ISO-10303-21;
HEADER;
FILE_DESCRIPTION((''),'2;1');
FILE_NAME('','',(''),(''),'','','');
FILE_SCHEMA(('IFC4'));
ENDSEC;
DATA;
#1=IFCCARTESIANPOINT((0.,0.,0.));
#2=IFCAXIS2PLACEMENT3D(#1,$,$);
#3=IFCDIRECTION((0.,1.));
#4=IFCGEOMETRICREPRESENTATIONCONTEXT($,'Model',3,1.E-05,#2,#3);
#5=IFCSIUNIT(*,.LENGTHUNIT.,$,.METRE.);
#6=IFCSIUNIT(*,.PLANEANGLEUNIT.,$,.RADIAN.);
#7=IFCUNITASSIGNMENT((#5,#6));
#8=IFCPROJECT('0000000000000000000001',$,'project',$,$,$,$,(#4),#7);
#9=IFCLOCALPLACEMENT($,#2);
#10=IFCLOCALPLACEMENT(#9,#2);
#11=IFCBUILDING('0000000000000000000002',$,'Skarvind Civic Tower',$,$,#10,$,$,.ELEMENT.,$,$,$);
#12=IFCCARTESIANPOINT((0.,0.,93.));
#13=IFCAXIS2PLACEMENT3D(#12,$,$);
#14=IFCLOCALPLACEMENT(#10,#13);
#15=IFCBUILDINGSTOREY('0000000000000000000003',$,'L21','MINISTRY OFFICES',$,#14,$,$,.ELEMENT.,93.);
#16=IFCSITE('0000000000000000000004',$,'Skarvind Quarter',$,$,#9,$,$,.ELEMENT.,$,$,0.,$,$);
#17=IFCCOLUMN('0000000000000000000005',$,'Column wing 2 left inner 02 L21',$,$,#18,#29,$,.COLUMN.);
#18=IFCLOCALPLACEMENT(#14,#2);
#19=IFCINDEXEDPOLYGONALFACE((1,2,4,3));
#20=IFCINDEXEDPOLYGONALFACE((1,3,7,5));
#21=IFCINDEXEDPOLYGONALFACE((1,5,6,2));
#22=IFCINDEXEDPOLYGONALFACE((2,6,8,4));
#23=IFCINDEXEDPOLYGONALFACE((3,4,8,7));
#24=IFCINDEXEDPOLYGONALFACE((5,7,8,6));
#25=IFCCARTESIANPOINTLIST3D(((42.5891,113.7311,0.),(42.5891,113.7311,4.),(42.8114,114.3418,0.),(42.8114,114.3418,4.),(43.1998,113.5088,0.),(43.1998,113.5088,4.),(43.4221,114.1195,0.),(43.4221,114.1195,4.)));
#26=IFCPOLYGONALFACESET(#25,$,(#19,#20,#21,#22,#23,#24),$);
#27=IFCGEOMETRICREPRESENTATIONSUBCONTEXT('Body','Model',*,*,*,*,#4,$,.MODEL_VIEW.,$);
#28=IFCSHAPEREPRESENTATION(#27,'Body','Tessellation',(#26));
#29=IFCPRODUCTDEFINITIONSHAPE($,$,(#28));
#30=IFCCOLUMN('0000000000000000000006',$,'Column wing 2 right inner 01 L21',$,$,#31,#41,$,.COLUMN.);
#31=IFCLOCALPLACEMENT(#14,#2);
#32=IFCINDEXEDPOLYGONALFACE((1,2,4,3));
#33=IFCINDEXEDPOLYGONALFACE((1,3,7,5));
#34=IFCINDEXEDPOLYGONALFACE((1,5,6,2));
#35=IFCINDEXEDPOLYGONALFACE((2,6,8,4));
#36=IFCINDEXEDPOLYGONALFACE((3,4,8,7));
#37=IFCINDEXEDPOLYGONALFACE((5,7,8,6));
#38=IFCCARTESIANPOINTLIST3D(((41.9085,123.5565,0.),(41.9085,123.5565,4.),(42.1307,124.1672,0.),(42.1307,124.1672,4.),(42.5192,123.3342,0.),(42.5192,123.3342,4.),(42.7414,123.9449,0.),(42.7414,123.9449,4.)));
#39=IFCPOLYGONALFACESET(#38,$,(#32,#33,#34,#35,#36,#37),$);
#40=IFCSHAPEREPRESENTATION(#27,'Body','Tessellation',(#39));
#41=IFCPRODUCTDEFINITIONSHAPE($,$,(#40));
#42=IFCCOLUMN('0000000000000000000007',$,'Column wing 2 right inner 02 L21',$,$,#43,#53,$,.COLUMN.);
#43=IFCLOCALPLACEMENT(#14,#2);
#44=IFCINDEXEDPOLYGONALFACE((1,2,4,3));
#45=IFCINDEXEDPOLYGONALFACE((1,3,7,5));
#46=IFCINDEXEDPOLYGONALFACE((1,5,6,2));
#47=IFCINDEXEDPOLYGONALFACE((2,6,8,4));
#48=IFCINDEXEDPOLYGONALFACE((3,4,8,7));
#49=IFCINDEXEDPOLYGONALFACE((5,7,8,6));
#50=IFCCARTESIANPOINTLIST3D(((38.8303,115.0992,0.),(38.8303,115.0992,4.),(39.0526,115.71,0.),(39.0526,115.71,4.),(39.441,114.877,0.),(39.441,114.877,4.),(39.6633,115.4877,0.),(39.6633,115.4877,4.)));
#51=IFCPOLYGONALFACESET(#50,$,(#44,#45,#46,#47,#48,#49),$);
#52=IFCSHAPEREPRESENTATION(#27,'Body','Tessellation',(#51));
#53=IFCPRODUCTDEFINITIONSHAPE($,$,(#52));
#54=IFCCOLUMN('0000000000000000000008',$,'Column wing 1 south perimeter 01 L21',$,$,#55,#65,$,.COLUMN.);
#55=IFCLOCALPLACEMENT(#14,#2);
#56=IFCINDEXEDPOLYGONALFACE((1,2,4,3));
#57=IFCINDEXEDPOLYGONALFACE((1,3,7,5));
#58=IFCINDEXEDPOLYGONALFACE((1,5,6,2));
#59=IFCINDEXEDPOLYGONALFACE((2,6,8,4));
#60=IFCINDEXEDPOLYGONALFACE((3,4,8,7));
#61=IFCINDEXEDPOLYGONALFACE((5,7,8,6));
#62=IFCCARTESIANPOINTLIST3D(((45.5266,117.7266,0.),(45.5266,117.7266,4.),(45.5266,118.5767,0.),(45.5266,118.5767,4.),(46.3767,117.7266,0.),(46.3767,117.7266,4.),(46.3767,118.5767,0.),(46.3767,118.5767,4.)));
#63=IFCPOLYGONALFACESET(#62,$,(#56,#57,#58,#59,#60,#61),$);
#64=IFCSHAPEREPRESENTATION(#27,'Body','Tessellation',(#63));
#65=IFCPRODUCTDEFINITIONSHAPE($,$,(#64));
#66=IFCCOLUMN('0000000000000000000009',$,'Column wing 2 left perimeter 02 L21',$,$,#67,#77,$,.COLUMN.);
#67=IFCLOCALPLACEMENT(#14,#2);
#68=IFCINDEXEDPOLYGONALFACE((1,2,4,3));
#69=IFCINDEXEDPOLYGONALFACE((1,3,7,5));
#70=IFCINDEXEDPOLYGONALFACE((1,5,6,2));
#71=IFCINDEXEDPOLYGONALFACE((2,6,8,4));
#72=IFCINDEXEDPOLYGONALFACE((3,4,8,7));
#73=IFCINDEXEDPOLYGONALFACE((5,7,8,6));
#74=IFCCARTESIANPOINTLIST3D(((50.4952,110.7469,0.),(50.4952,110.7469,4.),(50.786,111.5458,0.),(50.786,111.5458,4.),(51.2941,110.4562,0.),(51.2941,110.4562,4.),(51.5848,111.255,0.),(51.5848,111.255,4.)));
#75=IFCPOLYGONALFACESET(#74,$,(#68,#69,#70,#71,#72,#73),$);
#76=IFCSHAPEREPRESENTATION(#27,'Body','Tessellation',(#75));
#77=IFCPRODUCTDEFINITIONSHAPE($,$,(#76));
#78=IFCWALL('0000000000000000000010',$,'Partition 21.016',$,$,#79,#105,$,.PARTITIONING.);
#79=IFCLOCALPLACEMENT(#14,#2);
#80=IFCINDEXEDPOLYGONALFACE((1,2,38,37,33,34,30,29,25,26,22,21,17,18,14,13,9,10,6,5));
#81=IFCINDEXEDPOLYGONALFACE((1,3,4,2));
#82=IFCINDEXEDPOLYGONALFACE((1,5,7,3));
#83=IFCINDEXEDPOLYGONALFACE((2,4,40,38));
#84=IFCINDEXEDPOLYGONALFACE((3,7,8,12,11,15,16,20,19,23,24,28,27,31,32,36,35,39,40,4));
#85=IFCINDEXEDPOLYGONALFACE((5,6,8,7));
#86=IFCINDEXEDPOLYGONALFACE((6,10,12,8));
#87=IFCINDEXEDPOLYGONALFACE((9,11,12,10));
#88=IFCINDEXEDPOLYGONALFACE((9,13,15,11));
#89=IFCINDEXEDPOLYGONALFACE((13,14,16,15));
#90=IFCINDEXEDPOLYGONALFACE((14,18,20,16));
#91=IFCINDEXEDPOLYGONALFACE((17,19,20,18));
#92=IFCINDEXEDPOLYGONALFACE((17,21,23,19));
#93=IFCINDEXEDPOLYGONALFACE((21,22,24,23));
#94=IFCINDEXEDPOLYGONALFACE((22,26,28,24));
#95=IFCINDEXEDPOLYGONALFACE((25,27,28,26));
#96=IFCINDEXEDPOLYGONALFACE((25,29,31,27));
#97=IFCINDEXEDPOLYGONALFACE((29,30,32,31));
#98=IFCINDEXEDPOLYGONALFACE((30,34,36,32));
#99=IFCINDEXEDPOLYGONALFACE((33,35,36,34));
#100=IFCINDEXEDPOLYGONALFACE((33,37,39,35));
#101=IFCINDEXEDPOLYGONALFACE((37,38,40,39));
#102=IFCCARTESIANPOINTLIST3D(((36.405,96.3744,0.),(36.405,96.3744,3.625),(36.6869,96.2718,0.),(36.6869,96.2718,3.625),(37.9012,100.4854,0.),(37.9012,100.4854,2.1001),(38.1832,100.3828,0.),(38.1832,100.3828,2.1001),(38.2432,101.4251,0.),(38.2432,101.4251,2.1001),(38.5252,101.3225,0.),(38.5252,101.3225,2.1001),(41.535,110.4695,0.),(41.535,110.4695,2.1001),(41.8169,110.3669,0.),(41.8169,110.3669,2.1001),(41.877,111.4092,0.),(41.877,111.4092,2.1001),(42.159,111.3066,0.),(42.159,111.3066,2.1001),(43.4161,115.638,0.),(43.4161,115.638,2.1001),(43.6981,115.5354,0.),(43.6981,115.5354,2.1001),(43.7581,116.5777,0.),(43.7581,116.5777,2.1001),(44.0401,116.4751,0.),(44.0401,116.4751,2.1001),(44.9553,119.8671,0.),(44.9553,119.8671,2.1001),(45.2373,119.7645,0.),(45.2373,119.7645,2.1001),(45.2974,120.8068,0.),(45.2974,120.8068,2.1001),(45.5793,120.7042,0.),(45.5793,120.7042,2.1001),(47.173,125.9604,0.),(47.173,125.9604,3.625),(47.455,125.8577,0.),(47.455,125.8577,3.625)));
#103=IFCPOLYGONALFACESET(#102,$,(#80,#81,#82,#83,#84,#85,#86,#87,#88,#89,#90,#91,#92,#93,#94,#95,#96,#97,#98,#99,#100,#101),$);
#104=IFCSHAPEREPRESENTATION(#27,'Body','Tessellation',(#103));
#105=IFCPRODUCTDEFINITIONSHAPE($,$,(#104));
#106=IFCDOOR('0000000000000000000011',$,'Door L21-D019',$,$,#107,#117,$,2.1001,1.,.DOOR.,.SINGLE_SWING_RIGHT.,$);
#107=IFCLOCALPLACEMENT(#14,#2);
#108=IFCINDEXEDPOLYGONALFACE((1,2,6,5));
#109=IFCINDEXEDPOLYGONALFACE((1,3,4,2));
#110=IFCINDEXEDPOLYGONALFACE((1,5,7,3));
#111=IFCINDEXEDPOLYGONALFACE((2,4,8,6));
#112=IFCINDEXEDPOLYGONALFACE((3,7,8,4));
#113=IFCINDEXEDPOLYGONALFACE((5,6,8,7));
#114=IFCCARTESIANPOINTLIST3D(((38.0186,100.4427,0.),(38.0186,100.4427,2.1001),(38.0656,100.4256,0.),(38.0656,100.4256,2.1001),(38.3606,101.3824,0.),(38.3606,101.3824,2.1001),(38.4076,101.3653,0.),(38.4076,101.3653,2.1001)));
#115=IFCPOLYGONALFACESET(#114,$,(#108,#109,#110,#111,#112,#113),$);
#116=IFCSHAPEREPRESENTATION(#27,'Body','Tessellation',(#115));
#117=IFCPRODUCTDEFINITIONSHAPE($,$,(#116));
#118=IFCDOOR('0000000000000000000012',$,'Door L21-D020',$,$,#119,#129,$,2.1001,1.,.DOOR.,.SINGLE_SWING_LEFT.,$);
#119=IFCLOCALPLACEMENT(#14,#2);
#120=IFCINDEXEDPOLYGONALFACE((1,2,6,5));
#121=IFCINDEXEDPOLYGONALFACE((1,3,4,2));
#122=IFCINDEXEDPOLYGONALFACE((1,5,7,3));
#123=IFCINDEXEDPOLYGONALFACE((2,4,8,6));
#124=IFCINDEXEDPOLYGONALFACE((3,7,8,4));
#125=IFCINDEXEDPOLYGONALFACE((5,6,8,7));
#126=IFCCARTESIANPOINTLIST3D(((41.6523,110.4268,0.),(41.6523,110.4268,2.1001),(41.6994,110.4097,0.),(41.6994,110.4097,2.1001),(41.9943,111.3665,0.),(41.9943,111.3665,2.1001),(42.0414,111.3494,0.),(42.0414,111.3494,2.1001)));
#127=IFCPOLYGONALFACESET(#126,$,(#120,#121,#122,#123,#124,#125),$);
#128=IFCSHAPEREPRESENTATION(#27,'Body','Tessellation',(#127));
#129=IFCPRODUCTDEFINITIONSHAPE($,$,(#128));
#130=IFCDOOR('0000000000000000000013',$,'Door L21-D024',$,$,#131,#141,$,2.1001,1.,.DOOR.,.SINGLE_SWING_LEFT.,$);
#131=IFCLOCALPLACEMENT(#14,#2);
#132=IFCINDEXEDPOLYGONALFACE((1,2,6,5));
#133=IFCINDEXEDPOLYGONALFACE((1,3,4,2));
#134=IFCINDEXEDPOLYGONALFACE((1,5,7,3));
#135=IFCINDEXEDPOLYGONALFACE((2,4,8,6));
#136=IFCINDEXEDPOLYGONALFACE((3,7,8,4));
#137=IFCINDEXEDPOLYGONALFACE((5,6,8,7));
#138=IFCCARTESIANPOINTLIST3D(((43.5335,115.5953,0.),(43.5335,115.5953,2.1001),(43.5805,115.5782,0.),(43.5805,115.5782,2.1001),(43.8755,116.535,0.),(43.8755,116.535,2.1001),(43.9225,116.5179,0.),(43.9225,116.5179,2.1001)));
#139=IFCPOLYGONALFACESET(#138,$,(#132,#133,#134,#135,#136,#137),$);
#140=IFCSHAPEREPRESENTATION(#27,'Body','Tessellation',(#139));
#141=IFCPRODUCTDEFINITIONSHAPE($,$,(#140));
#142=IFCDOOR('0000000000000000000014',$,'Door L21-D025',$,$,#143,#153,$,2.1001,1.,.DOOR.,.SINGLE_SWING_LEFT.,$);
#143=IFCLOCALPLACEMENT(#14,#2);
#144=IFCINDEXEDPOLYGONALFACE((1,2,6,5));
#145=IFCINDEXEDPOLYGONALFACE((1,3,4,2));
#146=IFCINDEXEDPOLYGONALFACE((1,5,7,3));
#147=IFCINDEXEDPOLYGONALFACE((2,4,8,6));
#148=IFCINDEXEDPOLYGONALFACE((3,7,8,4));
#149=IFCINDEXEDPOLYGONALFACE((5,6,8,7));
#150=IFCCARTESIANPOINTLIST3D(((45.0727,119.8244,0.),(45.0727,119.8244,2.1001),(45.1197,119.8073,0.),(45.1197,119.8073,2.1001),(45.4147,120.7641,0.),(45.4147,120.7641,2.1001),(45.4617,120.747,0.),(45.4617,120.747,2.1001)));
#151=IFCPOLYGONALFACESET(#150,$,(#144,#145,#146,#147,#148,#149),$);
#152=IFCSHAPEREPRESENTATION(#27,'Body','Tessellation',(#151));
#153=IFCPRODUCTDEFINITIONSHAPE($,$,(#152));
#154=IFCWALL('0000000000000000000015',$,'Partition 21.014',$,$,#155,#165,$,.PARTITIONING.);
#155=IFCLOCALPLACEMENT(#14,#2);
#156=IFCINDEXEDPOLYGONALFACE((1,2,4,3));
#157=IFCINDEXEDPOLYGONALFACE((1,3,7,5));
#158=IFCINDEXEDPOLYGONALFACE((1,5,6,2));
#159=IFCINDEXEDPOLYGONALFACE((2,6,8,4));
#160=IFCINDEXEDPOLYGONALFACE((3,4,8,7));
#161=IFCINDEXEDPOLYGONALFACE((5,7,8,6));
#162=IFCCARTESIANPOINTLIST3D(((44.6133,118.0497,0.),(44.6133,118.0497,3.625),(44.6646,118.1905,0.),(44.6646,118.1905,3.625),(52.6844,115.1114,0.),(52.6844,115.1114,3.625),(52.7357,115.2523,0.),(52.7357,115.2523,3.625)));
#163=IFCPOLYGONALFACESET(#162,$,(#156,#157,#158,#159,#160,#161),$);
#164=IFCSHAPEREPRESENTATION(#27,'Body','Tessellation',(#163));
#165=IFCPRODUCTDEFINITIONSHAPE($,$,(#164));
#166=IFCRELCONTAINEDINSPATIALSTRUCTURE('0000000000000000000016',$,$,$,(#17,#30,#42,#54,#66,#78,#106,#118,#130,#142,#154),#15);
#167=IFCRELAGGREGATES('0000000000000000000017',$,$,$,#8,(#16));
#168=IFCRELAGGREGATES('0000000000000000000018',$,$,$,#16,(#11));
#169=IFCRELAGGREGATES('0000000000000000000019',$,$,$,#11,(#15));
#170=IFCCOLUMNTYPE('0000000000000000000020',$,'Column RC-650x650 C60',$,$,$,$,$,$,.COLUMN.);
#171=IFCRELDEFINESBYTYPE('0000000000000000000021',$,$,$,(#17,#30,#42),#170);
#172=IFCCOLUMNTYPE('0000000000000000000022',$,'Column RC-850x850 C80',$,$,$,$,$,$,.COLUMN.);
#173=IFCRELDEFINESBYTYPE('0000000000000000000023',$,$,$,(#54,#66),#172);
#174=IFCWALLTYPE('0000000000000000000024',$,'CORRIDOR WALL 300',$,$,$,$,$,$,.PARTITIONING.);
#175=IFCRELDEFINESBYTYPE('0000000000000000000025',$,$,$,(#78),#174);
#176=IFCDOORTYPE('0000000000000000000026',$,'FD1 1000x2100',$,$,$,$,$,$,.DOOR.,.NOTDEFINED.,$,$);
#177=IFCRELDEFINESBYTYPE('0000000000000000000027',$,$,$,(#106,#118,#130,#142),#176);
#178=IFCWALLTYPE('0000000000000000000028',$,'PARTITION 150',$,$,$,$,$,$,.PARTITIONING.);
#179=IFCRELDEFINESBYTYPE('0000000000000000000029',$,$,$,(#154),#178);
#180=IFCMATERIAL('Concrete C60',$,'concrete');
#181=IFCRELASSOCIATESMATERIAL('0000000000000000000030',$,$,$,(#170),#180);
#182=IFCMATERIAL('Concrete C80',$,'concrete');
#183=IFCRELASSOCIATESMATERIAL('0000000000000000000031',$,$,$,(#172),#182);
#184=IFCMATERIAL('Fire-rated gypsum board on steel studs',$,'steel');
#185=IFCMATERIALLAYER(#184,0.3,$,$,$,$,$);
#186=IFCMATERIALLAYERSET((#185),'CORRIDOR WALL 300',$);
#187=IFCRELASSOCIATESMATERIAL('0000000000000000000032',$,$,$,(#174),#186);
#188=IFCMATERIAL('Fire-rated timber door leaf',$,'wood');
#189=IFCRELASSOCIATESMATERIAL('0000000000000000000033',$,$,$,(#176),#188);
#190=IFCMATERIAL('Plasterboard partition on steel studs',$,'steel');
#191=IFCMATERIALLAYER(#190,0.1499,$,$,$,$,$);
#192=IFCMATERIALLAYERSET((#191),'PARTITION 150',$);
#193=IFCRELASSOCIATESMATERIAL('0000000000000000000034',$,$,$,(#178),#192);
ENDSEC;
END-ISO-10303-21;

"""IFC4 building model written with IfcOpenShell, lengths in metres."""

from ifc_helpers import new_model, si_unit, direction, frame, frame_2d, origin, origin_2d, place, context, subcontext, project, spatial, rectangle, extrude, material, layer, layer_set, material_profile, profile_set, type_object, element, fill, save


model = new_model("IFC4")

# Units and contexts
model_context = context("Model", 3, precision=1e-05, world=origin(), true_north=direction((0.0, 1.0)))
body_context = subcontext(model_context, "Body", "Model", "MODEL_VIEW")
ifc_project = project(units=[si_unit("LENGTHUNIT", "METRE"), si_unit("PLANEANGLEUNIT", "RADIAN")], contexts=[model_context])

# Site, building, storey
site_placement = place(None, origin())
site = spatial("IfcSite", under=ifc_project, at=site_placement, Name="Skarvind Quarter", CompositionType="ELEMENT", RefElevation=0.0)
building_placement = place(site_placement, origin())
building = spatial("IfcBuilding", under=site, at=building_placement, Name="Skarvind Civic Tower", CompositionType="ELEMENT")
storey_placement = place(building_placement, frame((0.0, 0.0, 93.0)))
storey = spatial("IfcBuildingStorey", under=building, at=storey_placement, Name="L21", Description="MINISTRY OFFICES", CompositionType="ELEMENT", Elevation=93.0)

# Columns
ifc_material_1 = material(Name="Concrete C60", Category="concrete")
ifc_material_profile_1 = material_profile(ifc_material_1, rectangle(XDim=0.6499, YDim=0.6499, at=origin_2d()), Name="RC-650x650")
ifc_profile_set_1 = profile_set([ifc_material_profile_1], Name="Concrete C60")
column_type_1 = type_object("IfcColumnType", Name="Column RC-650x650 C60", PredefinedType="COLUMN", material=ifc_profile_set_1)
for number, where, z_axis, x_axis, name in (
    (1, (43.0056, 113.9253, 0.0), (0.0, 0.0, 1.0), (-0.34202, -0.939693, 0.0), "Column wing 2 left inner 02 L21"),
    (2, (42.325, 123.7507, 0.0), (0.0, 0.0, 1.0), (-0.34202, -0.939693, 0.0), "Column wing 2 right inner 01 L21"),
    (3, (39.2468, 115.2935, 0.0), (0.0, 0.0, 1.0), (-0.34202, -0.939693, 0.0), "Column wing 2 right inner 02 L21"),
):
    element("IfcColumn", number, at=place(storey_placement, frame(where, z_axis=z_axis, x_axis=x_axis)), inside=storey, type_object=column_type_1, Name=name, PredefinedType="COLUMN", context=body_context, shape_type="SweptSolid", body=[
        extrude(rectangle(XDim=0.6499, YDim=0.6499, at=origin_2d()), origin(), (0.0, 0.0, 1.0), 4.0),
    ])
ifc_material_2 = material(Name="Concrete C80", Category="concrete")
ifc_material_profile_2 = material_profile(ifc_material_2, rectangle(XDim=0.8501, YDim=0.8501, at=origin_2d()), Name="RC-850x850")
ifc_profile_set_2 = profile_set([ifc_material_profile_2], Name="Concrete C80")
column_type_2 = type_object("IfcColumnType", Name="Column RC-850x850 C80", PredefinedType="COLUMN", material=ifc_profile_set_2)
for number, where, z_axis, x_axis, name in (
    (4, (45.9517, 118.1516, 0.0), (0.0, 0.0, 1.0), (1.0, 0.0, 0.0), "Column wing 1 south perimeter 01 L21"),
    (5, (51.04, 111.001, 0.0), (0.0, 0.0, 1.0), (-0.34202, -0.939693, 0.0), "Column wing 2 left perimeter 02 L21"),
):
    element("IfcColumn", number, at=place(storey_placement, frame(where, z_axis=z_axis, x_axis=x_axis)), inside=storey, type_object=column_type_2, Name=name, PredefinedType="COLUMN", context=body_context, shape_type="SweptSolid", body=[
        extrude(rectangle(XDim=0.8501, YDim=0.8501, at=origin_2d()), origin(), (0.0, 0.0, 1.0), 4.0),
    ])

# Wall, openings, doors
ifc_material_3 = material(Name="Fire-rated gypsum board on steel studs", Category="steel")
ifc_layer_1 = layer(ifc_material_3, 0.3)
ifc_layer_set_1 = layer_set([ifc_layer_1], Name="CORRIDOR WALL 300")
wall_type_1 = type_object("IfcWallType", Name="CORRIDOR WALL 300", PredefinedType="PARTITIONING", material=ifc_layer_set_1)
wall_1_placement = place(storey_placement, frame((47.314, 125.9089, 0.0), z_axis=(0.0, 0.0, 1.0), x_axis=(-0.342011, -0.939696, 0.0)))
wall_1 = element("IfcWall", 6, at=wall_1_placement, inside=storey, type_object=wall_type_1, Name="Partition 21.016", PredefinedType="PARTITIONING", context=body_context, shape_type="SweptSolid", body=[
    extrude(rectangle(XDim=31.4846, YDim=0.3, at=frame_2d((15.7422, 0.0))), origin(), (0.0, 0.0, 1.0), 3.625),
])
opening_1_placement = place(wall_1_placement, frame((26.1096, 0.0, 0.0)))
opening_1 = element("IfcOpeningElement", 7, at=opening_1_placement, cuts=wall_1, PredefinedType="OPENING", context=body_context, shape_type="SweptSolid", body=[
    extrude(rectangle(XDim=1.0, YDim=2.1001, at=frame_2d((0.5, 1.05))), frame((0.0, 0.1599, 0.0), z_axis=(0.0, -1.0, 0.0), x_axis=(1.0, 0.0, 0.0)), (0.0, 0.0, 1.0), 0.3201),
])
opening_2_placement = place(wall_1_placement, frame((15.4849, 0.0, 0.0)))
opening_2 = element("IfcOpeningElement", 8, at=opening_2_placement, cuts=wall_1, PredefinedType="OPENING", context=body_context, shape_type="SweptSolid", body=[
    extrude(rectangle(XDim=1.0, YDim=2.1001, at=frame_2d((0.5, 1.05))), frame((0.0, 0.1599, 0.0), z_axis=(0.0, -1.0, 0.0), x_axis=(1.0, 0.0, 0.0)), (0.0, 0.0, 1.0), 0.3201),
])
opening_3_placement = place(wall_1_placement, frame((9.9846, 0.0, 0.0)))
opening_3 = element("IfcOpeningElement", 9, at=opening_3_placement, cuts=wall_1, PredefinedType="OPENING", context=body_context, shape_type="SweptSolid", body=[
    extrude(rectangle(XDim=1.0, YDim=2.1001, at=frame_2d((0.5, 1.05))), frame((0.0, 0.1599, 0.0), z_axis=(0.0, -1.0, 0.0), x_axis=(1.0, 0.0, 0.0)), (0.0, 0.0, 1.0), 0.3201),
])
opening_4_placement = place(wall_1_placement, frame((5.4841, 0.0, 0.0)))
opening_4 = element("IfcOpeningElement", 10, at=opening_4_placement, cuts=wall_1, PredefinedType="OPENING", context=body_context, shape_type="SweptSolid", body=[
    extrude(rectangle(XDim=1.0, YDim=2.1001, at=frame_2d((0.5, 1.05))), frame((0.0, 0.1599, 0.0), z_axis=(0.0, -1.0, 0.0), x_axis=(1.0, 0.0, 0.0)), (0.0, 0.0, 1.0), 0.3201),
])
ifc_material_4 = material(Name="Fire-rated timber door leaf", Category="wood")
door_type_1 = type_object("IfcDoorType", Name="FD1 1000x2100", OperationType="NOTDEFINED", PredefinedType="DOOR", material=ifc_material_4)
door_1_placement = place(opening_1_placement, origin())
door_1 = element("IfcDoor", 11, at=door_1_placement, inside=storey, type_object=door_type_1, Name="Door L21-D019", OperationType="SINGLE_SWING_RIGHT", OverallHeight=2.1001, OverallWidth=1.0, PredefinedType="DOOR", context=body_context, shape_type="SweptSolid", body=[
    extrude(rectangle(XDim=1.0, YDim=2.1001, at=frame_2d((0.5, 1.05))), frame((0.0, 0.0249, 0.0), z_axis=(0.0, -1.0, 0.0), x_axis=(1.0, 0.0, 0.0)), (0.0, 0.0, 1.0), 0.05),
])
fill(opening_1, door_1)
door_2_placement = place(opening_2_placement, origin())
door_2 = element("IfcDoor", 12, at=door_2_placement, inside=storey, type_object=door_type_1, Name="Door L21-D020", OperationType="SINGLE_SWING_LEFT", OverallHeight=2.1001, OverallWidth=1.0, PredefinedType="DOOR", context=body_context, shape_type="SweptSolid", body=[
    extrude(rectangle(XDim=1.0, YDim=2.1001, at=frame_2d((0.5, 1.05))), frame((0.0, 0.0249, 0.0), z_axis=(0.0, -1.0, 0.0), x_axis=(1.0, 0.0, 0.0)), (0.0, 0.0, 1.0), 0.05),
])
fill(opening_2, door_2)
door_3_placement = place(opening_3_placement, origin())
door_3 = element("IfcDoor", 13, at=door_3_placement, inside=storey, type_object=door_type_1, Name="Door L21-D024", OperationType="SINGLE_SWING_LEFT", OverallHeight=2.1001, OverallWidth=1.0, PredefinedType="DOOR", context=body_context, shape_type="SweptSolid", body=[
    extrude(rectangle(XDim=1.0, YDim=2.1001, at=frame_2d((0.5, 1.05))), frame((0.0, 0.0249, 0.0), z_axis=(0.0, -1.0, 0.0), x_axis=(1.0, 0.0, 0.0)), (0.0, 0.0, 1.0), 0.05),
])
fill(opening_3, door_3)
door_4_placement = place(opening_4_placement, origin())
door_4 = element("IfcDoor", 14, at=door_4_placement, inside=storey, type_object=door_type_1, Name="Door L21-D025", OperationType="SINGLE_SWING_LEFT", OverallHeight=2.1001, OverallWidth=1.0, PredefinedType="DOOR", context=body_context, shape_type="SweptSolid", body=[
    extrude(rectangle(XDim=1.0, YDim=2.1001, at=frame_2d((0.5, 1.05))), frame((0.0, 0.0249, 0.0), z_axis=(0.0, -1.0, 0.0), x_axis=(1.0, 0.0, 0.0)), (0.0, 0.0, 1.0), 0.05),
])
fill(opening_4, door_4)

# Wall
ifc_material_5 = material(Name="Plasterboard partition on steel studs", Category="steel")
ifc_layer_2 = layer(ifc_material_5, 0.1499)
ifc_layer_set_2 = layer_set([ifc_layer_2], Name="PARTITION 150")
wall_type_2 = type_object("IfcWallType", Name="PARTITION 150", PredefinedType="PARTITIONING", material=ifc_layer_set_2)
wall_2_placement = place(storey_placement, frame((44.6389, 118.1201, 0.0), z_axis=(0.0, 0.0, 1.0), x_axis=(0.93967, -0.342083, 0.0)))
element("IfcWall", 15, at=wall_2_placement, inside=storey, type_object=wall_type_2, Name="Partition 21.014", PredefinedType="PARTITIONING", context=body_context, shape_type="SweptSolid", body=[
    extrude(rectangle(XDim=8.5894, YDim=0.1499, at=frame_2d((4.2947, 0.0))), origin(), (0.0, 0.0, 1.0), 3.625),
])

save(model, "model.ifc")
